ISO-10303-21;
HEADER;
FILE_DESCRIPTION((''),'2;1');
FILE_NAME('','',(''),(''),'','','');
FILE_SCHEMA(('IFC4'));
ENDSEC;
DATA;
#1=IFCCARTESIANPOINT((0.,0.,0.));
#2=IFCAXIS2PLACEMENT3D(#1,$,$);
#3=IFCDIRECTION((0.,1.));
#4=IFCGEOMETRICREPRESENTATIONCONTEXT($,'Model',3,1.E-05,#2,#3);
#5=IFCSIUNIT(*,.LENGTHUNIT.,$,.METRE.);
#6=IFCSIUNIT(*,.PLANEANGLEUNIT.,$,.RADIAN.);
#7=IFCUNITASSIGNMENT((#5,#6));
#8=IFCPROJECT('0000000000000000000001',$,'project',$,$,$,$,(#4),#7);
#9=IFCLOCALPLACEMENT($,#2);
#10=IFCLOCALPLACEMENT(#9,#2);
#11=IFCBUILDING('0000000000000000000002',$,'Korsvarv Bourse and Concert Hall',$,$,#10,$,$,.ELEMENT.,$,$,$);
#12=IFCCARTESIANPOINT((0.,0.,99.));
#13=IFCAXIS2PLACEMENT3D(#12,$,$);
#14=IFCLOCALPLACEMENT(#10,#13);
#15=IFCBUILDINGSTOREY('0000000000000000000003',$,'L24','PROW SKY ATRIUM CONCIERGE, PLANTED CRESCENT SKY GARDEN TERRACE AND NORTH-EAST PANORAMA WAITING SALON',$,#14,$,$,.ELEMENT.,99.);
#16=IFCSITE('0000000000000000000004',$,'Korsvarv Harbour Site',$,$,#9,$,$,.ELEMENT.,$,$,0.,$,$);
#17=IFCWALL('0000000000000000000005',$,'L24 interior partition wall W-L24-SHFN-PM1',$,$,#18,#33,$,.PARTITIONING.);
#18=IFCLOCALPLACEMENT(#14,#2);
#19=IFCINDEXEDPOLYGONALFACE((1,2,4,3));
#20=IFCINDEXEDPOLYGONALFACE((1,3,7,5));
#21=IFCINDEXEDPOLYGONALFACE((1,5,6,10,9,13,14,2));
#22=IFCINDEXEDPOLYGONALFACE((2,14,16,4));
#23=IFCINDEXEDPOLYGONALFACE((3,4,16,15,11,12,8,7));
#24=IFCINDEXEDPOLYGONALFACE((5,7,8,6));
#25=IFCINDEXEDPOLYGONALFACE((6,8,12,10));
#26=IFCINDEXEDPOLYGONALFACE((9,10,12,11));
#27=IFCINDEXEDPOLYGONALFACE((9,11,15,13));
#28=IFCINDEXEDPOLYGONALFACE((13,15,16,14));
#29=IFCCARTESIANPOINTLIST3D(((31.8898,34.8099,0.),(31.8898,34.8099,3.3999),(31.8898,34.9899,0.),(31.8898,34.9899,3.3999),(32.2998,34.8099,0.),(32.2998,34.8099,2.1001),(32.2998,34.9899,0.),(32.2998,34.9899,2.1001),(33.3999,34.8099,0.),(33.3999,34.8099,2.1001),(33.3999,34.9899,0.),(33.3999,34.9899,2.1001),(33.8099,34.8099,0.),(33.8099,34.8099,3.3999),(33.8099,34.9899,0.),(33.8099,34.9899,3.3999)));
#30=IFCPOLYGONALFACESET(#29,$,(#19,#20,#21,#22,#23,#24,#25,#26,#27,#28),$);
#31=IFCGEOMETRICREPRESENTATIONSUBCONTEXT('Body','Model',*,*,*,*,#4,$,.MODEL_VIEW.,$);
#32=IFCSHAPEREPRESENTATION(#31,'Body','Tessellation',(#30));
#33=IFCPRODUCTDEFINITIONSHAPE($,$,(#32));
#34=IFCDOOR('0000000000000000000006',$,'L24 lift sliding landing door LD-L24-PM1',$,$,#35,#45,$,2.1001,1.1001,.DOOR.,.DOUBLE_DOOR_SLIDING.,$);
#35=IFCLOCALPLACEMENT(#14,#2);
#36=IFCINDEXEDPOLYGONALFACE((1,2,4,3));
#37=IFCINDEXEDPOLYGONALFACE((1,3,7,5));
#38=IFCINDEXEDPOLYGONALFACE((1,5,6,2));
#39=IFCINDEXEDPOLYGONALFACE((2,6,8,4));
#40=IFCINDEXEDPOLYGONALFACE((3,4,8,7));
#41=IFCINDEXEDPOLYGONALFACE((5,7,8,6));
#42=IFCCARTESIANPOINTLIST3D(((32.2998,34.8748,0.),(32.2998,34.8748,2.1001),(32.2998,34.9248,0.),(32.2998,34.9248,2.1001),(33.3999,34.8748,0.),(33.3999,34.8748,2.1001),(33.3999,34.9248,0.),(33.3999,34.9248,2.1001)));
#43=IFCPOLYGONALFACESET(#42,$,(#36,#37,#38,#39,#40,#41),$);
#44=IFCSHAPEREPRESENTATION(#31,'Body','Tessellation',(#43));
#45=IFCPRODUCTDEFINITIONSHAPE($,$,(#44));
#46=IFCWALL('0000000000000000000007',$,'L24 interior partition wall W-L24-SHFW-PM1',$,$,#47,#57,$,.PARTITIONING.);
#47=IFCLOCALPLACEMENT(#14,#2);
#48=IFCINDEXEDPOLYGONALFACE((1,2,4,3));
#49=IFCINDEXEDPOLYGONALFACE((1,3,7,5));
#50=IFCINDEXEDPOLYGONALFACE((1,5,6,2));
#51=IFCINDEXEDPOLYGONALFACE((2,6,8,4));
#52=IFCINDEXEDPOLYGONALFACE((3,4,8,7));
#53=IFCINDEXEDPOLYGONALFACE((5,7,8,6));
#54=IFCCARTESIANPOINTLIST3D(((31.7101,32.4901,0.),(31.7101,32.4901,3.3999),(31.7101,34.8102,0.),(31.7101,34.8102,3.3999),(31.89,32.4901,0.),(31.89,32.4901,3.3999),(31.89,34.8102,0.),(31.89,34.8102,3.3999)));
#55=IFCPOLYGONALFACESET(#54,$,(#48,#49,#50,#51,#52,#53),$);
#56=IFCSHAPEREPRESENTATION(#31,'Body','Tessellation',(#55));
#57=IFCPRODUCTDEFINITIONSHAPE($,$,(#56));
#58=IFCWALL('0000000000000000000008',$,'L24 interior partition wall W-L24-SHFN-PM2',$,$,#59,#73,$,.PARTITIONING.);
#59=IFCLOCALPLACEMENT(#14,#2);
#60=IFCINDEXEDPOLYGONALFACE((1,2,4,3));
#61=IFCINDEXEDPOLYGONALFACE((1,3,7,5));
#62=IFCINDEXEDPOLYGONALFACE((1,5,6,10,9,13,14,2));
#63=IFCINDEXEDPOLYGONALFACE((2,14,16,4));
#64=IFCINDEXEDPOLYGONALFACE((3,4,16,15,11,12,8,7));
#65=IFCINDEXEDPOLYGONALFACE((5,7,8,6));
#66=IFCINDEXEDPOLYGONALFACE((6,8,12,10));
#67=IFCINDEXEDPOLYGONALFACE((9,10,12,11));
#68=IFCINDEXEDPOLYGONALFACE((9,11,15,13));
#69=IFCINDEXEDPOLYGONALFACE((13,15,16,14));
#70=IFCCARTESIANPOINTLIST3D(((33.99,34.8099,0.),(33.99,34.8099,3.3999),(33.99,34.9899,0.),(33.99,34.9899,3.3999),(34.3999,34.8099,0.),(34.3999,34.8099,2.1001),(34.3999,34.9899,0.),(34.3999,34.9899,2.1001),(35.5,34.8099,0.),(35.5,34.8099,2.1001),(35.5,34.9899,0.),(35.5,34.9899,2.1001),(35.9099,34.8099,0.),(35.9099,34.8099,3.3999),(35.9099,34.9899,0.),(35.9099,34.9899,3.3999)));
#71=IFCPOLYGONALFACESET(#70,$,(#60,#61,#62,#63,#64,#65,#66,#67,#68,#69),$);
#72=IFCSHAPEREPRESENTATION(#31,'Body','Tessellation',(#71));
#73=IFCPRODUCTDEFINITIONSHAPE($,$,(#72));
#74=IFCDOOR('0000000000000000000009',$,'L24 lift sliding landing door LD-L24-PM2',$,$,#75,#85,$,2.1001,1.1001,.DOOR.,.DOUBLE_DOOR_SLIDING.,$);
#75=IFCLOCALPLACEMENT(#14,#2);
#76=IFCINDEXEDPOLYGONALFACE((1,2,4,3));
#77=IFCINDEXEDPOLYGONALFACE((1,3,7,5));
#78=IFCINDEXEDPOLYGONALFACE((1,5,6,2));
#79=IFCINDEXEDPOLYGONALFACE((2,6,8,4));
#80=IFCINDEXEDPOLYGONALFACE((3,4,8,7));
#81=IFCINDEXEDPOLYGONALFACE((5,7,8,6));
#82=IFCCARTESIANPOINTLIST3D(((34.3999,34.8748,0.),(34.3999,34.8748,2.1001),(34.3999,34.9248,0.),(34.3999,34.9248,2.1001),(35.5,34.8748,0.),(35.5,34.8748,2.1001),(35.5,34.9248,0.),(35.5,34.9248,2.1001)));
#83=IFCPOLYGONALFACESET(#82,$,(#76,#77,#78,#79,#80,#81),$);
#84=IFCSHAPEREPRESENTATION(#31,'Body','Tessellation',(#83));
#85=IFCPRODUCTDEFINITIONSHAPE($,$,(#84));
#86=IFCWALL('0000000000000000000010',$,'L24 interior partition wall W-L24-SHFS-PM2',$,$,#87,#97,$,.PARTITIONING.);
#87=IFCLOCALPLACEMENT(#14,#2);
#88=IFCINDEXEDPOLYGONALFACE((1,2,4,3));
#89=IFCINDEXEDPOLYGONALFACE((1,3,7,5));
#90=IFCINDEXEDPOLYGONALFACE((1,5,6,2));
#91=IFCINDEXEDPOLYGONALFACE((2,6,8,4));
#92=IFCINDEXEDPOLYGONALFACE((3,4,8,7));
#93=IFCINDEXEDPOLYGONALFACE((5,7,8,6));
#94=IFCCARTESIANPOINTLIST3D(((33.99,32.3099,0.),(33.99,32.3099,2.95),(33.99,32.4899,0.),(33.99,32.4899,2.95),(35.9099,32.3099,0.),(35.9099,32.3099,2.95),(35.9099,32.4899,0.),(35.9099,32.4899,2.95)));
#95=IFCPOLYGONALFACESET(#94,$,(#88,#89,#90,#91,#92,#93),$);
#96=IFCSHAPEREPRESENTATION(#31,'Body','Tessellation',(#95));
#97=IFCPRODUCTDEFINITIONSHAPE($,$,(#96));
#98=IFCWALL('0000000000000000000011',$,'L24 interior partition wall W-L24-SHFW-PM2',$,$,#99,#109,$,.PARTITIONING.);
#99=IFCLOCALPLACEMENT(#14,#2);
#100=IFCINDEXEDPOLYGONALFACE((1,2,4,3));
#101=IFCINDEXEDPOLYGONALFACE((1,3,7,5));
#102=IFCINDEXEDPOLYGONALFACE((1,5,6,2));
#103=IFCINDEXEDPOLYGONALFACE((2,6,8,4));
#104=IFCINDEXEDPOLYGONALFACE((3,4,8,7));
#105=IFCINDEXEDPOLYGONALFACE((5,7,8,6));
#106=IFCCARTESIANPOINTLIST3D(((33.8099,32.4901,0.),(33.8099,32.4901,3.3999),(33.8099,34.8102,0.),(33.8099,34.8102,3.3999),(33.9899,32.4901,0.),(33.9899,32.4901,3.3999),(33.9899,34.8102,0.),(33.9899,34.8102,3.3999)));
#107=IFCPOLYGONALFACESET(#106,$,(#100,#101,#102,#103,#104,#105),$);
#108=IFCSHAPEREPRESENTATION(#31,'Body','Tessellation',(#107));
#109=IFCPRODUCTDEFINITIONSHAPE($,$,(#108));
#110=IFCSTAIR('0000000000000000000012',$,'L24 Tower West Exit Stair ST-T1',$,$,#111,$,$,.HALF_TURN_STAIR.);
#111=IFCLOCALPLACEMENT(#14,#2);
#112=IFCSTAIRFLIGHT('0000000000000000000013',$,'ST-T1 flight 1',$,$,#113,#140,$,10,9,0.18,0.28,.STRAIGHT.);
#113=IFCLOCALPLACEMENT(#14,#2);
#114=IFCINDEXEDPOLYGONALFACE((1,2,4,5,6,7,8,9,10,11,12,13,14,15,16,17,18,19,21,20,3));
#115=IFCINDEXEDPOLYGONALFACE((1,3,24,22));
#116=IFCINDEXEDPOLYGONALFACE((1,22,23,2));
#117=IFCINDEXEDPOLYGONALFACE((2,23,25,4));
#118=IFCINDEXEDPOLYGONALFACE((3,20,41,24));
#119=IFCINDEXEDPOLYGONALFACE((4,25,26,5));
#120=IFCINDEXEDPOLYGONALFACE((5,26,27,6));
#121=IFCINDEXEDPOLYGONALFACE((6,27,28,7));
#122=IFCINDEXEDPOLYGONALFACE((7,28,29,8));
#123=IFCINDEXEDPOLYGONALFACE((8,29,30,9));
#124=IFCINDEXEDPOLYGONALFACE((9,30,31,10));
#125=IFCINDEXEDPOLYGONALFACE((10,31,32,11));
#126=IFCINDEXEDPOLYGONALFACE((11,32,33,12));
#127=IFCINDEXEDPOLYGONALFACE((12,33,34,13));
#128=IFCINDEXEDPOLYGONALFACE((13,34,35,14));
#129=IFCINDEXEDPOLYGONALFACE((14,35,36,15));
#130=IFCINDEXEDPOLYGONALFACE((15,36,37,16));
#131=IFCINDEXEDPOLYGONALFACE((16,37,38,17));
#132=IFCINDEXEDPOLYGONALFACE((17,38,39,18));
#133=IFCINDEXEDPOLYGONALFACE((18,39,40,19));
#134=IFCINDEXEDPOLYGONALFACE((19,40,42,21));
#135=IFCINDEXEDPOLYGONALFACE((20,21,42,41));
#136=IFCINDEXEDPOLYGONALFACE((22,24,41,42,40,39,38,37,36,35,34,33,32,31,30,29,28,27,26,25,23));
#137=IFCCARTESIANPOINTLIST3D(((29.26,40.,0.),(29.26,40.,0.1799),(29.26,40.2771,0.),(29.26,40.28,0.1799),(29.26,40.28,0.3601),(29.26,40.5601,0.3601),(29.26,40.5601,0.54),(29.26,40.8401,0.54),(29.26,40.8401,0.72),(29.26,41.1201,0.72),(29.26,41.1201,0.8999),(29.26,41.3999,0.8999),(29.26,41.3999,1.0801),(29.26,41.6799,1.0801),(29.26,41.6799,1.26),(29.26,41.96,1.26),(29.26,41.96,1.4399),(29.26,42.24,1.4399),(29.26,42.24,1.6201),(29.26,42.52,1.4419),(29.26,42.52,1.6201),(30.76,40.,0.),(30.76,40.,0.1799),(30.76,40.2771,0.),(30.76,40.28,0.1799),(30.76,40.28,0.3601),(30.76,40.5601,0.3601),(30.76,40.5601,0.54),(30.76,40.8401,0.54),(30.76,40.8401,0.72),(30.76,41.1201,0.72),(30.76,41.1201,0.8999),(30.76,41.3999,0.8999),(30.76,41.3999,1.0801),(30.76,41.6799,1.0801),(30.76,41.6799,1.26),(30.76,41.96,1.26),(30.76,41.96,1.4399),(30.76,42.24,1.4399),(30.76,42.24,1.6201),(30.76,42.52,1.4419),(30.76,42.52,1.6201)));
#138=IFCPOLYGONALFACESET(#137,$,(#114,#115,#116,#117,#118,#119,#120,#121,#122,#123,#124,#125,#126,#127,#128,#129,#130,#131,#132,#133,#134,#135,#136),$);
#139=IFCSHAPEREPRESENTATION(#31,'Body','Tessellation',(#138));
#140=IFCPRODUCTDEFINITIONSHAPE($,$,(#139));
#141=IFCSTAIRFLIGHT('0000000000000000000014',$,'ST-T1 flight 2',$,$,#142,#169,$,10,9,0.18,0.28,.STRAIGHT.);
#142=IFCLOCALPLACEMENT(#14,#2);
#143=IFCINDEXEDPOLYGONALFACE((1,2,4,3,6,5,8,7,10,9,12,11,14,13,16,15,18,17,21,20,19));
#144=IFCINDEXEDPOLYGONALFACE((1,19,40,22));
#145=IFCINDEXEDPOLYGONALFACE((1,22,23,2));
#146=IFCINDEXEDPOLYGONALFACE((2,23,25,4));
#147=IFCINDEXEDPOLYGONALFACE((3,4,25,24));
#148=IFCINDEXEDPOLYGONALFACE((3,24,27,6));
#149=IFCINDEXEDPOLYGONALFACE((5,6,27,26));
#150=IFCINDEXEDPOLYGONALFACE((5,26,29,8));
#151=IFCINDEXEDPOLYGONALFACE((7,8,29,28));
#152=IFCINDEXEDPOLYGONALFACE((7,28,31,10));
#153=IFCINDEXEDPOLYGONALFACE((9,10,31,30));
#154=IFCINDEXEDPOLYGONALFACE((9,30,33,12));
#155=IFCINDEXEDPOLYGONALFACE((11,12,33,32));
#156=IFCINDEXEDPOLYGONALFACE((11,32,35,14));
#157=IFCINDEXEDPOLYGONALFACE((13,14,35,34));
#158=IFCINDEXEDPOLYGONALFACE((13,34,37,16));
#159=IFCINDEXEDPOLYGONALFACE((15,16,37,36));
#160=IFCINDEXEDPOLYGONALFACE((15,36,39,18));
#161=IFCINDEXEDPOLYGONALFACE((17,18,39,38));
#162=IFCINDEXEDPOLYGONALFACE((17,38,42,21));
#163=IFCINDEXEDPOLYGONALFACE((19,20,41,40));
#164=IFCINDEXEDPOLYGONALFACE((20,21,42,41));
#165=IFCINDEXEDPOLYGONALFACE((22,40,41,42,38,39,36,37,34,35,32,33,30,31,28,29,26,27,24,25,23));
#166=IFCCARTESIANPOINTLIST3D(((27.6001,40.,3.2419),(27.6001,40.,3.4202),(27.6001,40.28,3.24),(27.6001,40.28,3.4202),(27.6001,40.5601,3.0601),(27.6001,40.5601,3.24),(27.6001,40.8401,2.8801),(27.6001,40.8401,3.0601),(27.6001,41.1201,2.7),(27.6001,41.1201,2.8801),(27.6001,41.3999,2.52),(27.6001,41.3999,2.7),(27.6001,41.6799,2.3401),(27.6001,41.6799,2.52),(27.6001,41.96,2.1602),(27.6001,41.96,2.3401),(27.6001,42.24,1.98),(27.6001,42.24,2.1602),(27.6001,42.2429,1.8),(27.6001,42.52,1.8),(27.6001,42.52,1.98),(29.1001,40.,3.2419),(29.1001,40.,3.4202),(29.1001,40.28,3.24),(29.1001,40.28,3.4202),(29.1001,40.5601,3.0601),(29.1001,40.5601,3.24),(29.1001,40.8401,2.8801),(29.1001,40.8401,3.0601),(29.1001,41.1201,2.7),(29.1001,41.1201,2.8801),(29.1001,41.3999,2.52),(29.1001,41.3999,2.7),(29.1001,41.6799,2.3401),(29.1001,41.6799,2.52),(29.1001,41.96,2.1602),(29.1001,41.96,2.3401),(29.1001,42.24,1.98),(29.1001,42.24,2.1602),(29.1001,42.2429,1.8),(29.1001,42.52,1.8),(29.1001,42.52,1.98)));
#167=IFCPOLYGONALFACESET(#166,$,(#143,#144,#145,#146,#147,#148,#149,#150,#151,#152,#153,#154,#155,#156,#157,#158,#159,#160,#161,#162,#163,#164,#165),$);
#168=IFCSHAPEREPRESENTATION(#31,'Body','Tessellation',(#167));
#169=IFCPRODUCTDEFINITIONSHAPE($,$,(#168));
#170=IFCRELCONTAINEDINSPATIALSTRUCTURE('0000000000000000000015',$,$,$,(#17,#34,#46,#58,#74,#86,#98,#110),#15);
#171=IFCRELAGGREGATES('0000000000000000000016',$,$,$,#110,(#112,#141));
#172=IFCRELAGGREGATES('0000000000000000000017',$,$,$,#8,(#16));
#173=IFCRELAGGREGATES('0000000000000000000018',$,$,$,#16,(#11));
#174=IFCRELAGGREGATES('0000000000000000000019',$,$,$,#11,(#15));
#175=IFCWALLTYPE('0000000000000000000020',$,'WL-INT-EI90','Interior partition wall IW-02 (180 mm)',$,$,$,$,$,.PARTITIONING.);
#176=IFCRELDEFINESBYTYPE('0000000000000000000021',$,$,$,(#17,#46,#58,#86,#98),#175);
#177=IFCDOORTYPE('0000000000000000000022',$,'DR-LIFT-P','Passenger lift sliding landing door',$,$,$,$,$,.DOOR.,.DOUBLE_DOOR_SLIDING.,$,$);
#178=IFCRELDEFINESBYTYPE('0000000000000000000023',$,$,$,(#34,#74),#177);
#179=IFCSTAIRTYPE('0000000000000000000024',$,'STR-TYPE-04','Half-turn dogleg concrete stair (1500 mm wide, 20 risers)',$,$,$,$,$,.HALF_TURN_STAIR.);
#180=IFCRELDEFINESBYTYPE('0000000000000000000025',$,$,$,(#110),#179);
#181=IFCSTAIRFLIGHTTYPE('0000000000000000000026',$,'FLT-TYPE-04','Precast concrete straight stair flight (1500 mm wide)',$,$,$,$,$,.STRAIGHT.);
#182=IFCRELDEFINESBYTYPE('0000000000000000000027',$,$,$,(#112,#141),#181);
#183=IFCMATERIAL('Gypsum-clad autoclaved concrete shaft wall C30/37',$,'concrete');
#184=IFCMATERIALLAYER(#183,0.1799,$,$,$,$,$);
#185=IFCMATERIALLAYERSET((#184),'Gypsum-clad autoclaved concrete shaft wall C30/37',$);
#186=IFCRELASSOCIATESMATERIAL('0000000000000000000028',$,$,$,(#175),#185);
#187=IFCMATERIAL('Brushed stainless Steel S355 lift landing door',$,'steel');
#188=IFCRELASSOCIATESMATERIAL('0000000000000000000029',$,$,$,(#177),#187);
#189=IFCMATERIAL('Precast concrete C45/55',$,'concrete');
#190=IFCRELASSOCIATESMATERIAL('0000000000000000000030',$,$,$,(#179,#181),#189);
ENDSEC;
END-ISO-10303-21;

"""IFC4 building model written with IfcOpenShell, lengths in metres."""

from ifc_helpers import new_model, si_unit, direction, frame, frame_2d, origin, place, context, subcontext, project, spatial, polyline, rectangle, outline, extrude, material, layer, layer_set, type_object, element, fill, aggregate, save


model = new_model("IFC4")

# Units and contexts
model_context = context("Model", 3, precision=1e-05, world=origin(), true_north=direction((0.0, 1.0)))
body_context = subcontext(model_context, "Body", "Model", "MODEL_VIEW")
ifc_project = project(units=[si_unit("LENGTHUNIT", "METRE"), si_unit("PLANEANGLEUNIT", "RADIAN")], contexts=[model_context])

# Site, building, storey
site_placement = place(None, origin())
site = spatial("IfcSite", under=ifc_project, at=site_placement, Name="Korsvarv Harbour Site", CompositionType="ELEMENT", RefElevation=0.0)
building_placement = place(site_placement, origin())
building = spatial("IfcBuilding", under=site, at=building_placement, Name="Korsvarv Bourse and Concert Hall", CompositionType="ELEMENT")
storey_placement = place(building_placement, frame((0.0, 0.0, 99.0)))
storey = spatial("IfcBuildingStorey", under=building, at=storey_placement, Name="L24", Description="PROW SKY ATRIUM CONCIERGE, PLANTED CRESCENT SKY GARDEN TERRACE AND NORTH-EAST PANORAMA WAITING SALON", CompositionType="ELEMENT", Elevation=99.0)

# Shared definitions
ifc_material_1 = material(Name="Gypsum-clad autoclaved concrete shaft wall C30/37", Category="concrete")
ifc_layer_1 = layer(ifc_material_1, 0.1799)
ifc_layer_set_1 = layer_set([ifc_layer_1], Name="Gypsum-clad autoclaved concrete shaft wall C30/37")
wall_type_1 = type_object("IfcWallType", Name="WL-INT-EI90", Description="Interior partition wall IW-02 (180 mm)", PredefinedType="PARTITIONING", material=ifc_layer_set_1)
ifc_material_2 = material(Name="Brushed stainless Steel S355 lift landing door", Category="steel")
door_type_1 = type_object("IfcDoorType", Name="DR-LIFT-P", Description="Passenger lift sliding landing door", OperationType="DOUBLE_DOOR_SLIDING", PredefinedType="DOOR", material=ifc_material_2)

# Wall, opening, door
wall_1_placement = place(storey_placement, frame((31.8899, 34.8999, 0.0), z_axis=(0.0, 0.0, 1.0), x_axis=(1.0, 0.0, 0.0)))
wall_1 = element("IfcWall", 1, at=wall_1_placement, inside=storey, type_object=wall_type_1, Name="L24 interior partition wall W-L24-SHFN-PM1", PredefinedType="PARTITIONING", context=body_context, shape_type="SweptSolid", body=[
    extrude(rectangle(XDim=1.9202, YDim=0.1799, at=frame_2d((0.96, 0.0))), origin(), (0.0, 0.0, 1.0), 3.3999),
])
opening_1_placement = place(wall_1_placement, frame((0.4099, 0.0, 0.0)))
opening_1 = element("IfcOpeningElement", 2, at=opening_1_placement, cuts=wall_1, PredefinedType="OPENING", context=body_context, shape_type="SweptSolid", body=[
    extrude(rectangle(XDim=1.1001, YDim=2.1001, at=frame_2d((0.55, 1.05))), frame((0.0, 0.1001, 0.0), z_axis=(0.0, -1.0, 0.0), x_axis=(1.0, 0.0, 0.0)), (0.0, 0.0, 1.0), 0.2),
])
door_1_placement = place(opening_1_placement, origin())
door_1 = element("IfcDoor", 3, at=door_1_placement, inside=storey, type_object=door_type_1, Name="L24 lift sliding landing door LD-L24-PM1", OperationType="DOUBLE_DOOR_SLIDING", OverallHeight=2.1001, OverallWidth=1.1001, PredefinedType="DOOR", context=body_context, shape_type="SweptSolid", body=[
    extrude(rectangle(XDim=1.1001, YDim=2.1001, at=frame_2d((0.55, 1.05))), frame((0.0, 0.0249, 0.0), z_axis=(0.0, -1.0, 0.0), x_axis=(1.0, 0.0, 0.0)), (0.0, 0.0, 1.0), 0.05),
])
fill(opening_1, door_1)

# Wall
wall_2_placement = place(storey_placement, frame((31.8, 32.49, 0.0), z_axis=(0.0, 0.0, 1.0), x_axis=(0.0, 1.0, 0.0)))
element("IfcWall", 4, at=wall_2_placement, inside=storey, type_object=wall_type_1, Name="L24 interior partition wall W-L24-SHFW-PM1", PredefinedType="PARTITIONING", context=body_context, shape_type="SweptSolid", body=[
    extrude(rectangle(XDim=2.3201, YDim=0.1799, at=frame_2d((1.1602, 0.0))), origin(), (0.0, 0.0, 1.0), 3.3999),
])

# Wall, opening, door
wall_3_placement = place(storey_placement, frame((33.99, 34.8999, 0.0), z_axis=(0.0, 0.0, 1.0), x_axis=(1.0, 0.0, 0.0)))
wall_3 = element("IfcWall", 5, at=wall_3_placement, inside=storey, type_object=wall_type_1, Name="L24 interior partition wall W-L24-SHFN-PM2", PredefinedType="PARTITIONING", context=body_context, shape_type="SweptSolid", body=[
    extrude(rectangle(XDim=1.9199, YDim=0.1799, at=frame_2d((0.96, 0.0))), origin(), (0.0, 0.0, 1.0), 3.3999),
])
opening_2_placement = place(wall_3_placement, frame((0.4099, 0.0, 0.0)))
opening_2 = element("IfcOpeningElement", 6, at=opening_2_placement, cuts=wall_3, PredefinedType="OPENING", context=body_context, shape_type="SweptSolid", body=[
    extrude(rectangle(XDim=1.1001, YDim=2.1001, at=frame_2d((0.55, 1.05))), frame((0.0, 0.1001, 0.0), z_axis=(0.0, -1.0, 0.0), x_axis=(1.0, 0.0, 0.0)), (0.0, 0.0, 1.0), 0.2),
])
door_2_placement = place(opening_2_placement, origin())
door_2 = element("IfcDoor", 7, at=door_2_placement, inside=storey, type_object=door_type_1, Name="L24 lift sliding landing door LD-L24-PM2", OperationType="DOUBLE_DOOR_SLIDING", OverallHeight=2.1001, OverallWidth=1.1001, PredefinedType="DOOR", context=body_context, shape_type="SweptSolid", body=[
    extrude(rectangle(XDim=1.1001, YDim=2.1001, at=frame_2d((0.55, 1.05))), frame((0.0, 0.0249, 0.0), z_axis=(0.0, -1.0, 0.0), x_axis=(1.0, 0.0, 0.0)), (0.0, 0.0, 1.0), 0.05),
])
fill(opening_2, door_2)

# Walls
wall_4_placement = place(storey_placement, frame((33.99, 32.3999, 0.0), z_axis=(0.0, 0.0, 1.0), x_axis=(1.0, 0.0, 0.0)))
element("IfcWall", 8, at=wall_4_placement, inside=storey, type_object=wall_type_1, Name="L24 interior partition wall W-L24-SHFS-PM2", PredefinedType="PARTITIONING", context=body_context, shape_type="SweptSolid", body=[
    extrude(rectangle(XDim=1.9199, YDim=0.1799, at=frame_2d((0.96, 0.0))), origin(), (0.0, 0.0, 1.0), 2.95),
])
wall_5_placement = place(storey_placement, frame((33.8999, 32.49, 0.0), z_axis=(0.0, 0.0, 1.0), x_axis=(0.0, 1.0, 0.0)))
element("IfcWall", 9, at=wall_5_placement, inside=storey, type_object=wall_type_1, Name="L24 interior partition wall W-L24-SHFW-PM2", PredefinedType="PARTITIONING", context=body_context, shape_type="SweptSolid", body=[
    extrude(rectangle(XDim=2.3201, YDim=0.1799, at=frame_2d((1.1602, 0.0))), origin(), (0.0, 0.0, 1.0), 3.3999),
])

# Stair, stair flights
ifc_material_3 = material(Name="Precast concrete C45/55", Category="concrete")
stair_type = type_object("IfcStairType", Name="STR-TYPE-04", Description="Half-turn dogleg concrete stair (1500 mm wide, 20 risers)", PredefinedType="HALF_TURN_STAIR", material=ifc_material_3)
stair_placement = place(storey_placement, origin())
stair = element("IfcStair", 10, at=stair_placement, inside=storey, type_object=stair_type, Name="L24 Tower West Exit Stair ST-T1", PredefinedType="HALF_TURN_STAIR")
stair_flight_type = type_object("IfcStairFlightType", Name="FLT-TYPE-04", Description="Precast concrete straight stair flight (1500 mm wide)", PredefinedType="STRAIGHT", material=ifc_material_3)
stair_flight_1_placement = place(storey_placement, frame((30.01, 40.0, 0.0), z_axis=(0.0, 0.0, 1.0), x_axis=(0.0, 1.0, 0.0)))
stair_flight_1 = element("IfcStairFlight", 11, at=stair_flight_1_placement, type_object=stair_flight_type, Name="ST-T1 flight 1", NumberOfRisers=10, NumberOfTreads=9, PredefinedType="STRAIGHT", RiserHeight=0.18, TreadLength=0.28, context=body_context, shape_type="SweptSolid", body=[
    extrude(outline(polyline([(0.0, 0.0), (0.0, 0.1799), (0.28, 0.1799), (0.28, 0.3601), (0.5601, 0.3601), (0.5601, 0.54), (0.8401, 0.54), (0.8401, 0.72), (1.1201, 0.72), (1.1201, 0.8999), (1.3999, 0.8999), (1.3999, 1.0801), (1.6799, 1.0801), (1.6799, 1.26), (1.96, 1.26), (1.96, 1.4399), (2.24, 1.4399), (2.24, 1.6201), (2.52, 1.6201), (2.52, 1.8), (2.52, 1.4419), (0.2771, 0.0), (0.0, 0.0)])), frame((0.0, 0.75, 0.0), z_axis=(0.0, -1.0, 0.0), x_axis=(1.0, 0.0, 0.0)), (0.0, 0.0, 1.0), 1.5),
])
stair_flight_2_placement = place(storey_placement, frame((28.3501, 42.52, 1.8), z_axis=(0.0, 0.0, 1.0), x_axis=(0.0, -1.0, 0.0)))
stair_flight_2 = element("IfcStairFlight", 12, at=stair_flight_2_placement, type_object=stair_flight_type, Name="ST-T1 flight 2", NumberOfRisers=10, NumberOfTreads=9, PredefinedType="STRAIGHT", RiserHeight=0.18, TreadLength=0.28, context=body_context, shape_type="SweptSolid", body=[
    extrude(outline(polyline([(0.0, 0.0), (0.0, 0.1799), (0.28, 0.1799), (0.28, 0.3601), (0.5601, 0.3601), (0.5601, 0.54), (0.8401, 0.54), (0.8401, 0.72), (1.1201, 0.72), (1.1201, 0.8999), (1.3999, 0.8999), (1.3999, 1.0801), (1.6799, 1.0801), (1.6799, 1.26), (1.96, 1.26), (1.96, 1.4399), (2.24, 1.4399), (2.24, 1.6201), (2.52, 1.6201), (2.52, 1.8), (2.52, 1.4419), (0.2771, 0.0), (0.0, 0.0)])), frame((0.0, 0.75, 0.0), z_axis=(0.0, -1.0, 0.0), x_axis=(1.0, 0.0, 0.0)), (0.0, 0.0, 1.0), 1.5),
])
aggregate(stair, [stair_flight_1, stair_flight_2])

save(model, "model.ifc")
